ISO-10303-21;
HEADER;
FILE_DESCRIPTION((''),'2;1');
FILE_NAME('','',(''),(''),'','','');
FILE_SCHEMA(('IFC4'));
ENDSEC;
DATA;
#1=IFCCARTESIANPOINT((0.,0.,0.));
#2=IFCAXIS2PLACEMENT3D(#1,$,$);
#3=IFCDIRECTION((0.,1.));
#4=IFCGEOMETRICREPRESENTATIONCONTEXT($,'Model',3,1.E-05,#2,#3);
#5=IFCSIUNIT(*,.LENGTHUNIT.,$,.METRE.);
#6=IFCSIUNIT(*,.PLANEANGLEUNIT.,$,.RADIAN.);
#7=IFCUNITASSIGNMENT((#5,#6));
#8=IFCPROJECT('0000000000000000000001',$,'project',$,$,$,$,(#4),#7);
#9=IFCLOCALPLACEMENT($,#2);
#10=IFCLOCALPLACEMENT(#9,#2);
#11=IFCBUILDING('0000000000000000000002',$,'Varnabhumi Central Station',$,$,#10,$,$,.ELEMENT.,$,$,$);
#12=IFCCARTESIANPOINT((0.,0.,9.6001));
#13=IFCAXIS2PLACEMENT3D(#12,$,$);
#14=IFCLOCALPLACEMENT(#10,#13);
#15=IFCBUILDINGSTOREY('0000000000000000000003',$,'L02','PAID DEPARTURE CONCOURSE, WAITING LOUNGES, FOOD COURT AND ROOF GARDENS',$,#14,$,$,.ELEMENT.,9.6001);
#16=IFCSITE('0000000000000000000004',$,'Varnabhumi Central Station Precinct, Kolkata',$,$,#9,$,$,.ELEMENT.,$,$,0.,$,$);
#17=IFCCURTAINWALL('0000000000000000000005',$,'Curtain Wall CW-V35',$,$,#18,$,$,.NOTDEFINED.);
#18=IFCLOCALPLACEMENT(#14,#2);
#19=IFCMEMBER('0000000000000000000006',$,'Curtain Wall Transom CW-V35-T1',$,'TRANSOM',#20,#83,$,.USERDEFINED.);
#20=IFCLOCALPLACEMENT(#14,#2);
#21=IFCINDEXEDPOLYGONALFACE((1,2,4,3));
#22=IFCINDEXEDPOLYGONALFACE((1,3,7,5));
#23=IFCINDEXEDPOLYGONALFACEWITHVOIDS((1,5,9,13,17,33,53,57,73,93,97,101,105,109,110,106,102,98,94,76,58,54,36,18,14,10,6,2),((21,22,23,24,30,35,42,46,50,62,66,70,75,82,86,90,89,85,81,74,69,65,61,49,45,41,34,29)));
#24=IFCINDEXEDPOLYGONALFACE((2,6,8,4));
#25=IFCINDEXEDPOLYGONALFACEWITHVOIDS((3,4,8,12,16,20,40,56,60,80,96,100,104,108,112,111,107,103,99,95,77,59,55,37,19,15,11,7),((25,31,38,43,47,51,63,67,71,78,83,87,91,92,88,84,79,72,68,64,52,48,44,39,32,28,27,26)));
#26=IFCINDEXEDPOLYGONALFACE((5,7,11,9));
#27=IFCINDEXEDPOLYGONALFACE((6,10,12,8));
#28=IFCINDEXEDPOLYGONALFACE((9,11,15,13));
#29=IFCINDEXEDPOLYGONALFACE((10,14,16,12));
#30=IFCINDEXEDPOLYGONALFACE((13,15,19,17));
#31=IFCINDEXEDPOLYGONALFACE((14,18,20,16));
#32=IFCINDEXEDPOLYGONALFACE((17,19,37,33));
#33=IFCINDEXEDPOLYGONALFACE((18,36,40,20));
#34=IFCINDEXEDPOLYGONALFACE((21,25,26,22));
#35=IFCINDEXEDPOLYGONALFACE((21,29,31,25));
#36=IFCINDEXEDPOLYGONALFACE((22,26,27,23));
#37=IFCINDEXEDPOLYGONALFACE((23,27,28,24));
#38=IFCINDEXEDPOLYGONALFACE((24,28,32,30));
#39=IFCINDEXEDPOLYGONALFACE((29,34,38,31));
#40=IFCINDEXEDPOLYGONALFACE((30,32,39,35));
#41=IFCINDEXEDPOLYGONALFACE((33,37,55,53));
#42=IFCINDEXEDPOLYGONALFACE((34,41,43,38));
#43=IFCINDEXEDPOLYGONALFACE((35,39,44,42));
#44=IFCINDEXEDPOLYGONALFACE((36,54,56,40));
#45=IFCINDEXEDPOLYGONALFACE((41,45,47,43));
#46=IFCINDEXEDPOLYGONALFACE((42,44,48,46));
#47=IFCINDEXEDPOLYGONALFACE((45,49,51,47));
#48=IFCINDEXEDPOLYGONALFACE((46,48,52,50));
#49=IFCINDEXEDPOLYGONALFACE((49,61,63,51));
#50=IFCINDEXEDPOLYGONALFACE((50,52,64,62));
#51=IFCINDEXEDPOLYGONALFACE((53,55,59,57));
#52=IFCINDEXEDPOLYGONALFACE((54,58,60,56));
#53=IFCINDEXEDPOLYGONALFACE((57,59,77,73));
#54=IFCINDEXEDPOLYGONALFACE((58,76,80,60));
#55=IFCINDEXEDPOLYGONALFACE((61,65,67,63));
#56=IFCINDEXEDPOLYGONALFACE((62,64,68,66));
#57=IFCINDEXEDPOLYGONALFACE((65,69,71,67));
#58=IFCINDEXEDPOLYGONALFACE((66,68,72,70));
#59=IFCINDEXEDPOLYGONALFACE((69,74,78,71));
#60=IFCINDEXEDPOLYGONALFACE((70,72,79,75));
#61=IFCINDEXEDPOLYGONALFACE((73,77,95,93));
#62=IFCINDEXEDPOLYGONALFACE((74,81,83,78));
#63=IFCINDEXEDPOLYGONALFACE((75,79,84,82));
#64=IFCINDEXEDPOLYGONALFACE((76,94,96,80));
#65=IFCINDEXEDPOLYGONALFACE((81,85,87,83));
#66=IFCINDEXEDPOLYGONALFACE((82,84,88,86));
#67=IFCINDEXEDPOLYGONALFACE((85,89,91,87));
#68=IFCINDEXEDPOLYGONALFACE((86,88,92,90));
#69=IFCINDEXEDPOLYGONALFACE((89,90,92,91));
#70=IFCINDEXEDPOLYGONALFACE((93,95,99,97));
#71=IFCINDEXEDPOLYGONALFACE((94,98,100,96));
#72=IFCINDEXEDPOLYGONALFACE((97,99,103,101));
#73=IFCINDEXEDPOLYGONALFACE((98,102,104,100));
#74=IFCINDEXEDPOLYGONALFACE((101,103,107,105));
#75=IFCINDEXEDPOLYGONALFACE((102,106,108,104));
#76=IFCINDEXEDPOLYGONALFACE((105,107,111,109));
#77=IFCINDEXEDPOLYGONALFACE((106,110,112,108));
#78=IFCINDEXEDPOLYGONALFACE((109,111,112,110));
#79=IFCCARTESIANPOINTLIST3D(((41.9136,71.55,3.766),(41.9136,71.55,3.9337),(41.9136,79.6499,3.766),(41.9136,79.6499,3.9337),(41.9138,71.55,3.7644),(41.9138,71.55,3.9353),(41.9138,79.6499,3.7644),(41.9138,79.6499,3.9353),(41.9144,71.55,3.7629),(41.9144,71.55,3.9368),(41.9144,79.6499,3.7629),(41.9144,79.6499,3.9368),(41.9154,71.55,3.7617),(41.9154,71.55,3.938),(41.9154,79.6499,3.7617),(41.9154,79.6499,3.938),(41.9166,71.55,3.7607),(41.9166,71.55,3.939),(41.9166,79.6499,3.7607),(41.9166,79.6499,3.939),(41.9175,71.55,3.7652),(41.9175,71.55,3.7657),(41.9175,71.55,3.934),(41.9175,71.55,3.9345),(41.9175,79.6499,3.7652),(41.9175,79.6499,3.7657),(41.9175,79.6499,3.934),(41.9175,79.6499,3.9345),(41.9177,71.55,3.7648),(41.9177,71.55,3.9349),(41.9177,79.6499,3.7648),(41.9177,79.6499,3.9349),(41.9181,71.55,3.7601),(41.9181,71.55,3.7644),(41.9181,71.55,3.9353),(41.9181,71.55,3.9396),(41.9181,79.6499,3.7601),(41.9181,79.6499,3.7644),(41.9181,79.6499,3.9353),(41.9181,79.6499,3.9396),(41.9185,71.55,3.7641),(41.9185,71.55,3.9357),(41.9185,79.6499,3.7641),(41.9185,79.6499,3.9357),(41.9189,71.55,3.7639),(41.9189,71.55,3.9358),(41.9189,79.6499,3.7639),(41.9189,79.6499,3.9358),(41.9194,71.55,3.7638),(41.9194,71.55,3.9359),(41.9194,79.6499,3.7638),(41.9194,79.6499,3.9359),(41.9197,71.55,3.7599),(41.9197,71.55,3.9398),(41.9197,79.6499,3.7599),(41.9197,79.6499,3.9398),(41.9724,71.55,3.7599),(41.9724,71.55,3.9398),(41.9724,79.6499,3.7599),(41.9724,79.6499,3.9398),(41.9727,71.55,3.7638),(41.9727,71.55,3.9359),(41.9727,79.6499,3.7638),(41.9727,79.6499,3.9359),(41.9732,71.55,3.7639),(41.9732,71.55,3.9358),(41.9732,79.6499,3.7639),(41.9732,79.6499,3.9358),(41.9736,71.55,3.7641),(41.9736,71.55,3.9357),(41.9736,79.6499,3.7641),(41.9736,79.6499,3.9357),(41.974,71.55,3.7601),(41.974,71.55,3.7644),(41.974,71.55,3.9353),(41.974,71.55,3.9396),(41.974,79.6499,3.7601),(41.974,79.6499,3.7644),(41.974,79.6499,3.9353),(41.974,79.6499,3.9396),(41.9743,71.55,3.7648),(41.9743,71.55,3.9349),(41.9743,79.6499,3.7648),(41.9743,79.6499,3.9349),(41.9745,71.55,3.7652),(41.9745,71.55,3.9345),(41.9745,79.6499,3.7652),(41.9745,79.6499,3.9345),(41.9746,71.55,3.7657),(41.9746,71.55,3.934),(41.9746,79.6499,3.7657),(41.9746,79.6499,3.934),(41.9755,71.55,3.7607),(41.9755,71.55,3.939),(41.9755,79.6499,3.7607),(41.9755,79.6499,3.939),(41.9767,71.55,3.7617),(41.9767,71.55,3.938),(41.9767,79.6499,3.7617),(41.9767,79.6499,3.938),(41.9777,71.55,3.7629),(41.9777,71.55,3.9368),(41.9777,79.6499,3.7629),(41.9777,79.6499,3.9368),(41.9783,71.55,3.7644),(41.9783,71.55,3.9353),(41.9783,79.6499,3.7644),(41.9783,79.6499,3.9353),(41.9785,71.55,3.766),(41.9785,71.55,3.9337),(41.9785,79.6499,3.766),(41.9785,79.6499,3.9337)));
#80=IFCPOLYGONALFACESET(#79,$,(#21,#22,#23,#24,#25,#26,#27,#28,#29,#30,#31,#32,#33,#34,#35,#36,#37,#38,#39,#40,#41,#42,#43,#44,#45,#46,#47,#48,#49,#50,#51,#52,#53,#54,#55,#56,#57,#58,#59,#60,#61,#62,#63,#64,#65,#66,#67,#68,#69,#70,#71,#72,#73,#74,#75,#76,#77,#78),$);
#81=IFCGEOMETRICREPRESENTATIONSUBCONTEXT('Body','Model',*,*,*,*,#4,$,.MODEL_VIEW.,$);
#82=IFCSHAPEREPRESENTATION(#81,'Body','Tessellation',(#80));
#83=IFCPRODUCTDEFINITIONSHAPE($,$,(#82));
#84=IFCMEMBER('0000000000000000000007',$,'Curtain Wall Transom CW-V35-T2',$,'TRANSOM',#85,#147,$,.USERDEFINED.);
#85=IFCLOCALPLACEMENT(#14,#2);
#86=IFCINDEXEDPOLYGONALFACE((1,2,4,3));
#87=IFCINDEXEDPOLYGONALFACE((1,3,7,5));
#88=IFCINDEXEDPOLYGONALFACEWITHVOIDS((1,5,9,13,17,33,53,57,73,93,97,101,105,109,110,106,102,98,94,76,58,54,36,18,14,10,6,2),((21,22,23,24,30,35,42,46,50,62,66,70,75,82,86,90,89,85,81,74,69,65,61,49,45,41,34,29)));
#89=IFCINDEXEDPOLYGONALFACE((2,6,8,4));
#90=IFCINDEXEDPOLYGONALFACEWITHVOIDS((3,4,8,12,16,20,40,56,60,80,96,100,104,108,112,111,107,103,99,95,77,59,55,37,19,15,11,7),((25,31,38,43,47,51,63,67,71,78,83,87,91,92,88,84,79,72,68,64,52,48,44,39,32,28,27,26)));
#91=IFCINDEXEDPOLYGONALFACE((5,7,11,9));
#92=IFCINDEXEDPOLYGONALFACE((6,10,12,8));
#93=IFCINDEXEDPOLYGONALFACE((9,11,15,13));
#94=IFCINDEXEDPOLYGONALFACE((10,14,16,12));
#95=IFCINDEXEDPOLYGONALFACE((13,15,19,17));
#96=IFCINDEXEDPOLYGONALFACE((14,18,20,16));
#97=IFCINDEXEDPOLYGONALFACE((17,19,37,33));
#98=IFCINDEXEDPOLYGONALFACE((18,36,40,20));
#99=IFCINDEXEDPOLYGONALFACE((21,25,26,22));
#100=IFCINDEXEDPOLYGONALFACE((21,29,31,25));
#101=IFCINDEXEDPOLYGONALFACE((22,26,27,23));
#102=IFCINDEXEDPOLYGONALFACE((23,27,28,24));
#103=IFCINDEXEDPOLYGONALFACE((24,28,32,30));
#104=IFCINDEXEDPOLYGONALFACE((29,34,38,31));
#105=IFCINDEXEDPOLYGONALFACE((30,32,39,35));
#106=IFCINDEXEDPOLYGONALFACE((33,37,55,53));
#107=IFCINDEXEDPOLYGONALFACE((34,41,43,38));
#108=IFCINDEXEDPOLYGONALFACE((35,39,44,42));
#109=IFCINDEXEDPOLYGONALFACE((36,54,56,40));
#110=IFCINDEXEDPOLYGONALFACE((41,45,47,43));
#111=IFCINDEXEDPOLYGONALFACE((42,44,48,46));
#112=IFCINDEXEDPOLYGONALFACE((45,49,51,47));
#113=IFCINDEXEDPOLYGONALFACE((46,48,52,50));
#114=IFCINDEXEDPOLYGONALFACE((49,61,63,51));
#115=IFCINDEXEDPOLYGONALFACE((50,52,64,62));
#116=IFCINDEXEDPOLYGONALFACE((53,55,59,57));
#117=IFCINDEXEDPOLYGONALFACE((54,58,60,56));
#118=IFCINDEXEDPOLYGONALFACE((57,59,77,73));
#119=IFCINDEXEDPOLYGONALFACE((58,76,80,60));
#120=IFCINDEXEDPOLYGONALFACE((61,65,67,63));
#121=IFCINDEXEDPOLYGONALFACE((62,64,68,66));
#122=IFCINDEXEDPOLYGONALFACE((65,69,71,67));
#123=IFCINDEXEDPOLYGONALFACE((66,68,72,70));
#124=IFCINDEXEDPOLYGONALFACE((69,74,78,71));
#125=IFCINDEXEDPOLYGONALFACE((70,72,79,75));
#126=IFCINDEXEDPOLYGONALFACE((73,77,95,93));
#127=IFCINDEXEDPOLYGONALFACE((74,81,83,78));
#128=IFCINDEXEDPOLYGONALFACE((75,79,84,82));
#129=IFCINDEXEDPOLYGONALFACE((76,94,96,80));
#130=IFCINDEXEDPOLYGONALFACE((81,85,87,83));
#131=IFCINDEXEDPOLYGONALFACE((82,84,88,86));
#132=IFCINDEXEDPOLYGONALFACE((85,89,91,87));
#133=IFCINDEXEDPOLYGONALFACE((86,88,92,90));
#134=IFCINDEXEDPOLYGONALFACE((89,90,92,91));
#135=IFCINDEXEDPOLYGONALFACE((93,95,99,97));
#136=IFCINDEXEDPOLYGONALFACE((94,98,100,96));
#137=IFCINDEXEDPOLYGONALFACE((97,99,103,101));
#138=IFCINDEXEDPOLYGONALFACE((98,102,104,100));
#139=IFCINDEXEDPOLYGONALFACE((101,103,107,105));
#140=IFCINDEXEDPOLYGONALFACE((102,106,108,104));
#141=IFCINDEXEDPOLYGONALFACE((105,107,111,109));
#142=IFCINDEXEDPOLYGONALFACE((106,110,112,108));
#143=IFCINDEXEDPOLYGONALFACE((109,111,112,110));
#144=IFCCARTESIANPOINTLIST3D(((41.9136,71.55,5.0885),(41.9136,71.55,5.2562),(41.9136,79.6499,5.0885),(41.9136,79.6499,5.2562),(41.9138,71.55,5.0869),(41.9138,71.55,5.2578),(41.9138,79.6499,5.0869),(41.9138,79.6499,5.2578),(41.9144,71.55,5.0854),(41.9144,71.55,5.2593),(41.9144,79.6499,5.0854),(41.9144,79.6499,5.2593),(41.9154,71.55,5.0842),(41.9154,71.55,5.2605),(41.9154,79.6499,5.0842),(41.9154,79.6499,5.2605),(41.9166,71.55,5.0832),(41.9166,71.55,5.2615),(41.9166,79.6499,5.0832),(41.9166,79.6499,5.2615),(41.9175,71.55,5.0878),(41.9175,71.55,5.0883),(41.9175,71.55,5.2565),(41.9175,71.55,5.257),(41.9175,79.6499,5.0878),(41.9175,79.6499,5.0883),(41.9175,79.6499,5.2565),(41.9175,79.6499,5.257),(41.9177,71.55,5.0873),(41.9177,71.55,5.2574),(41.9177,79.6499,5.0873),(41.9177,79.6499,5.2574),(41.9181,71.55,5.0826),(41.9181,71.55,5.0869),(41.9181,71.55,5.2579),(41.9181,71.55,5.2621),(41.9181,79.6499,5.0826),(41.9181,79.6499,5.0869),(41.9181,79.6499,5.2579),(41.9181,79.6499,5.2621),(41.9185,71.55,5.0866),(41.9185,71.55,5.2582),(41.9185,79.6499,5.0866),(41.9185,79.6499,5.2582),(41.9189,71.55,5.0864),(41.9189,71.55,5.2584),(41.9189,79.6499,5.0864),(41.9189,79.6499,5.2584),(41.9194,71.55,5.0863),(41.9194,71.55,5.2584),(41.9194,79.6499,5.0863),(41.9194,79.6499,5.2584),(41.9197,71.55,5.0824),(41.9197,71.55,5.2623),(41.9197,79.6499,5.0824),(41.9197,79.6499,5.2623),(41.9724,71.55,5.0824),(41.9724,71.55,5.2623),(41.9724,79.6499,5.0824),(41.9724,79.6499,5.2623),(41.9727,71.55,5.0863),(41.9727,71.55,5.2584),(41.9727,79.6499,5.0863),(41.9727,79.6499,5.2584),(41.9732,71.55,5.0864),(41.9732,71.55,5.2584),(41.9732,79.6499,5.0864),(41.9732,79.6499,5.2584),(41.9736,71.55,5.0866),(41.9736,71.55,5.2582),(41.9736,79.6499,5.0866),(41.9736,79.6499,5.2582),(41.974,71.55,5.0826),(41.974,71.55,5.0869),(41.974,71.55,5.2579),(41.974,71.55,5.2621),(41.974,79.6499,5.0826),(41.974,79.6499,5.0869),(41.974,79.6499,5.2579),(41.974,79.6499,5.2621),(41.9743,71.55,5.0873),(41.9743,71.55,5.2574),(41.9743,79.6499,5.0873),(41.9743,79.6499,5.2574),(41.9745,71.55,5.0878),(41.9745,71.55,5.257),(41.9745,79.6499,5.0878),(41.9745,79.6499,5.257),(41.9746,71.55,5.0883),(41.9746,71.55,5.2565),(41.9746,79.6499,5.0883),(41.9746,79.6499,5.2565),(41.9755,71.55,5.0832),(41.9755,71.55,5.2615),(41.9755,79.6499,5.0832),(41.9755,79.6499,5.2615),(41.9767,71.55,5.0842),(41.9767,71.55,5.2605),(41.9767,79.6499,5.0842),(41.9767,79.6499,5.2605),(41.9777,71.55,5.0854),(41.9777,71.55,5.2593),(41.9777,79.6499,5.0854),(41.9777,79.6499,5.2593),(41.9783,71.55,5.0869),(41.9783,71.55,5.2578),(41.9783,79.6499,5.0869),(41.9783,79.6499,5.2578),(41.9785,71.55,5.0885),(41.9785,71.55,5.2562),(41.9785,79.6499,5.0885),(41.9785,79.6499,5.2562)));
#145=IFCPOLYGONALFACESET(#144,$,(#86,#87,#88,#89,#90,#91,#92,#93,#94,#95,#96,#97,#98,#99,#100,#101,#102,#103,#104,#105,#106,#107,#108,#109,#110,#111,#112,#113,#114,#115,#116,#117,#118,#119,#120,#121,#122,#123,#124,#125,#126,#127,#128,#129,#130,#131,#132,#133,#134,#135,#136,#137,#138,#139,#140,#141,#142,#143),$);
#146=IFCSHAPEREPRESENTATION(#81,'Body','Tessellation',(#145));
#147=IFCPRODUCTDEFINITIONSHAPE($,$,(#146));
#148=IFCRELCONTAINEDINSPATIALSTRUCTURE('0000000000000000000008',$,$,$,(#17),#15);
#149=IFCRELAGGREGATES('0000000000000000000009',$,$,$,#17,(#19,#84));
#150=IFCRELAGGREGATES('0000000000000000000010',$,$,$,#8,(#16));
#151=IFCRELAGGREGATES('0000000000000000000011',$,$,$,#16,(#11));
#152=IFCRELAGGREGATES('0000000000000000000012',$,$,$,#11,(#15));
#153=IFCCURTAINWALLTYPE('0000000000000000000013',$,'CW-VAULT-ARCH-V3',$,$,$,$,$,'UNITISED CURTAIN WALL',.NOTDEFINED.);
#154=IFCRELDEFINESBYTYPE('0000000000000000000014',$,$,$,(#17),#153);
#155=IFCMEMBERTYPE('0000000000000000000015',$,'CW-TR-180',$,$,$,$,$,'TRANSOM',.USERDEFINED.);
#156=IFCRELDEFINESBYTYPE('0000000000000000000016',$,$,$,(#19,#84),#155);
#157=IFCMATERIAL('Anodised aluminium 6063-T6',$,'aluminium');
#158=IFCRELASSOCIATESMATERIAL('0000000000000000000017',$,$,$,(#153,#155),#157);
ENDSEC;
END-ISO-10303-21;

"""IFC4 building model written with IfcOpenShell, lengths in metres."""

from ifc_helpers import new_model, si_unit, direction, frame, origin, origin_2d, place, context, subcontext, project, spatial, hollow_rectangle, extrude, material, material_profile, profile_set, type_object, element, aggregate, save


model = new_model("IFC4")

# Units and contexts
model_context = context("Model", 3, precision=1e-05, world=origin(), true_north=direction((0.0, 1.0)))
body_context = subcontext(model_context, "Body", "Model", "MODEL_VIEW")
ifc_project = project(units=[si_unit("LENGTHUNIT", "METRE"), si_unit("PLANEANGLEUNIT", "RADIAN")], contexts=[model_context])

# Site, building, storey
site_placement = place(None, origin())
site = spatial("IfcSite", under=ifc_project, at=site_placement, Name="Varnabhumi Central Station Precinct, Kolkata", CompositionType="ELEMENT", RefElevation=0.0)
building_placement = place(site_placement, origin())
building = spatial("IfcBuilding", under=site, at=building_placement, Name="Varnabhumi Central Station", CompositionType="ELEMENT")
storey_placement = place(building_placement, frame((0.0, 0.0, 9.6001)))
storey = spatial("IfcBuildingStorey", under=building, at=storey_placement, Name="L02", Description="PAID DEPARTURE CONCOURSE, WAITING LOUNGES, FOOD COURT AND ROOF GARDENS", CompositionType="ELEMENT", Elevation=9.6001)

# Shared definitions
ifc_material_1 = material(Name="Anodised aluminium 6063-T6", Category="aluminium")
curtain_wall_type = type_object("IfcCurtainWallType", Name="CW-VAULT-ARCH-V3", ElementType="UNITISED CURTAIN WALL", PredefinedType="NOTDEFINED", material=ifc_material_1)

# Curtain wall, members
curtain_wall_1_placement = place(storey_placement, origin())
curtain_wall_1 = element("IfcCurtainWall", 1, at=curtain_wall_1_placement, inside=storey, type_object=curtain_wall_type, Name="Curtain Wall CW-V35", PredefinedType="NOTDEFINED")
ifc_material_profile_1 = material_profile(ifc_material_1, hollow_rectangle(XDim=0.0649, YDim=0.1799, WallThickness=0.0039, InnerFilletRadius=0.002, OuterFilletRadius=0.0061, at=origin_2d()), Name="Anodised aluminium 6063-T6", Category="aluminium")
ifc_profile_set_1 = profile_set([ifc_material_profile_1], Name="Anodised aluminium 6063-T6")
member_type_1 = type_object("IfcMemberType", Name="CW-TR-180", ElementType="TRANSOM", PredefinedType="USERDEFINED", material=ifc_profile_set_1)
member_1_placement = place(storey_placement, frame((41.946, 71.55, 3.8499), z_axis=(0.0, 1.0, 0.0), x_axis=(-1.0, 0.0, 0.0)))
member_1 = element("IfcMember", 2, at=member_1_placement, type_object=member_type_1, Name="Curtain Wall Transom CW-V35-T1", ObjectType="TRANSOM", PredefinedType="USERDEFINED", context=body_context, shape_type="SweptSolid", body=[
    extrude(hollow_rectangle(XDim=0.0649, YDim=0.1799, WallThickness=0.0039, InnerFilletRadius=0.002, OuterFilletRadius=0.0061, at=origin_2d()), origin(), (0.0, 0.0, 1.0), 8.0999),
])
member_2_placement = place(storey_placement, frame((41.946, 71.55, 5.1724), z_axis=(0.0, 1.0, 0.0), x_axis=(-1.0, 0.0, 0.0)))
member_2 = element("IfcMember", 3, at=member_2_placement, type_object=member_type_1, Name="Curtain Wall Transom CW-V35-T2", ObjectType="TRANSOM", PredefinedType="USERDEFINED", context=body_context, shape_type="SweptSolid", body=[
    extrude(hollow_rectangle(XDim=0.0649, YDim=0.1799, WallThickness=0.0039, InnerFilletRadius=0.002, OuterFilletRadius=0.0061, at=origin_2d()), origin(), (0.0, 0.0, 1.0), 8.0999),
])

aggregate(curtain_wall_1, [member_1, member_2])

save(model, "model.ifc")
